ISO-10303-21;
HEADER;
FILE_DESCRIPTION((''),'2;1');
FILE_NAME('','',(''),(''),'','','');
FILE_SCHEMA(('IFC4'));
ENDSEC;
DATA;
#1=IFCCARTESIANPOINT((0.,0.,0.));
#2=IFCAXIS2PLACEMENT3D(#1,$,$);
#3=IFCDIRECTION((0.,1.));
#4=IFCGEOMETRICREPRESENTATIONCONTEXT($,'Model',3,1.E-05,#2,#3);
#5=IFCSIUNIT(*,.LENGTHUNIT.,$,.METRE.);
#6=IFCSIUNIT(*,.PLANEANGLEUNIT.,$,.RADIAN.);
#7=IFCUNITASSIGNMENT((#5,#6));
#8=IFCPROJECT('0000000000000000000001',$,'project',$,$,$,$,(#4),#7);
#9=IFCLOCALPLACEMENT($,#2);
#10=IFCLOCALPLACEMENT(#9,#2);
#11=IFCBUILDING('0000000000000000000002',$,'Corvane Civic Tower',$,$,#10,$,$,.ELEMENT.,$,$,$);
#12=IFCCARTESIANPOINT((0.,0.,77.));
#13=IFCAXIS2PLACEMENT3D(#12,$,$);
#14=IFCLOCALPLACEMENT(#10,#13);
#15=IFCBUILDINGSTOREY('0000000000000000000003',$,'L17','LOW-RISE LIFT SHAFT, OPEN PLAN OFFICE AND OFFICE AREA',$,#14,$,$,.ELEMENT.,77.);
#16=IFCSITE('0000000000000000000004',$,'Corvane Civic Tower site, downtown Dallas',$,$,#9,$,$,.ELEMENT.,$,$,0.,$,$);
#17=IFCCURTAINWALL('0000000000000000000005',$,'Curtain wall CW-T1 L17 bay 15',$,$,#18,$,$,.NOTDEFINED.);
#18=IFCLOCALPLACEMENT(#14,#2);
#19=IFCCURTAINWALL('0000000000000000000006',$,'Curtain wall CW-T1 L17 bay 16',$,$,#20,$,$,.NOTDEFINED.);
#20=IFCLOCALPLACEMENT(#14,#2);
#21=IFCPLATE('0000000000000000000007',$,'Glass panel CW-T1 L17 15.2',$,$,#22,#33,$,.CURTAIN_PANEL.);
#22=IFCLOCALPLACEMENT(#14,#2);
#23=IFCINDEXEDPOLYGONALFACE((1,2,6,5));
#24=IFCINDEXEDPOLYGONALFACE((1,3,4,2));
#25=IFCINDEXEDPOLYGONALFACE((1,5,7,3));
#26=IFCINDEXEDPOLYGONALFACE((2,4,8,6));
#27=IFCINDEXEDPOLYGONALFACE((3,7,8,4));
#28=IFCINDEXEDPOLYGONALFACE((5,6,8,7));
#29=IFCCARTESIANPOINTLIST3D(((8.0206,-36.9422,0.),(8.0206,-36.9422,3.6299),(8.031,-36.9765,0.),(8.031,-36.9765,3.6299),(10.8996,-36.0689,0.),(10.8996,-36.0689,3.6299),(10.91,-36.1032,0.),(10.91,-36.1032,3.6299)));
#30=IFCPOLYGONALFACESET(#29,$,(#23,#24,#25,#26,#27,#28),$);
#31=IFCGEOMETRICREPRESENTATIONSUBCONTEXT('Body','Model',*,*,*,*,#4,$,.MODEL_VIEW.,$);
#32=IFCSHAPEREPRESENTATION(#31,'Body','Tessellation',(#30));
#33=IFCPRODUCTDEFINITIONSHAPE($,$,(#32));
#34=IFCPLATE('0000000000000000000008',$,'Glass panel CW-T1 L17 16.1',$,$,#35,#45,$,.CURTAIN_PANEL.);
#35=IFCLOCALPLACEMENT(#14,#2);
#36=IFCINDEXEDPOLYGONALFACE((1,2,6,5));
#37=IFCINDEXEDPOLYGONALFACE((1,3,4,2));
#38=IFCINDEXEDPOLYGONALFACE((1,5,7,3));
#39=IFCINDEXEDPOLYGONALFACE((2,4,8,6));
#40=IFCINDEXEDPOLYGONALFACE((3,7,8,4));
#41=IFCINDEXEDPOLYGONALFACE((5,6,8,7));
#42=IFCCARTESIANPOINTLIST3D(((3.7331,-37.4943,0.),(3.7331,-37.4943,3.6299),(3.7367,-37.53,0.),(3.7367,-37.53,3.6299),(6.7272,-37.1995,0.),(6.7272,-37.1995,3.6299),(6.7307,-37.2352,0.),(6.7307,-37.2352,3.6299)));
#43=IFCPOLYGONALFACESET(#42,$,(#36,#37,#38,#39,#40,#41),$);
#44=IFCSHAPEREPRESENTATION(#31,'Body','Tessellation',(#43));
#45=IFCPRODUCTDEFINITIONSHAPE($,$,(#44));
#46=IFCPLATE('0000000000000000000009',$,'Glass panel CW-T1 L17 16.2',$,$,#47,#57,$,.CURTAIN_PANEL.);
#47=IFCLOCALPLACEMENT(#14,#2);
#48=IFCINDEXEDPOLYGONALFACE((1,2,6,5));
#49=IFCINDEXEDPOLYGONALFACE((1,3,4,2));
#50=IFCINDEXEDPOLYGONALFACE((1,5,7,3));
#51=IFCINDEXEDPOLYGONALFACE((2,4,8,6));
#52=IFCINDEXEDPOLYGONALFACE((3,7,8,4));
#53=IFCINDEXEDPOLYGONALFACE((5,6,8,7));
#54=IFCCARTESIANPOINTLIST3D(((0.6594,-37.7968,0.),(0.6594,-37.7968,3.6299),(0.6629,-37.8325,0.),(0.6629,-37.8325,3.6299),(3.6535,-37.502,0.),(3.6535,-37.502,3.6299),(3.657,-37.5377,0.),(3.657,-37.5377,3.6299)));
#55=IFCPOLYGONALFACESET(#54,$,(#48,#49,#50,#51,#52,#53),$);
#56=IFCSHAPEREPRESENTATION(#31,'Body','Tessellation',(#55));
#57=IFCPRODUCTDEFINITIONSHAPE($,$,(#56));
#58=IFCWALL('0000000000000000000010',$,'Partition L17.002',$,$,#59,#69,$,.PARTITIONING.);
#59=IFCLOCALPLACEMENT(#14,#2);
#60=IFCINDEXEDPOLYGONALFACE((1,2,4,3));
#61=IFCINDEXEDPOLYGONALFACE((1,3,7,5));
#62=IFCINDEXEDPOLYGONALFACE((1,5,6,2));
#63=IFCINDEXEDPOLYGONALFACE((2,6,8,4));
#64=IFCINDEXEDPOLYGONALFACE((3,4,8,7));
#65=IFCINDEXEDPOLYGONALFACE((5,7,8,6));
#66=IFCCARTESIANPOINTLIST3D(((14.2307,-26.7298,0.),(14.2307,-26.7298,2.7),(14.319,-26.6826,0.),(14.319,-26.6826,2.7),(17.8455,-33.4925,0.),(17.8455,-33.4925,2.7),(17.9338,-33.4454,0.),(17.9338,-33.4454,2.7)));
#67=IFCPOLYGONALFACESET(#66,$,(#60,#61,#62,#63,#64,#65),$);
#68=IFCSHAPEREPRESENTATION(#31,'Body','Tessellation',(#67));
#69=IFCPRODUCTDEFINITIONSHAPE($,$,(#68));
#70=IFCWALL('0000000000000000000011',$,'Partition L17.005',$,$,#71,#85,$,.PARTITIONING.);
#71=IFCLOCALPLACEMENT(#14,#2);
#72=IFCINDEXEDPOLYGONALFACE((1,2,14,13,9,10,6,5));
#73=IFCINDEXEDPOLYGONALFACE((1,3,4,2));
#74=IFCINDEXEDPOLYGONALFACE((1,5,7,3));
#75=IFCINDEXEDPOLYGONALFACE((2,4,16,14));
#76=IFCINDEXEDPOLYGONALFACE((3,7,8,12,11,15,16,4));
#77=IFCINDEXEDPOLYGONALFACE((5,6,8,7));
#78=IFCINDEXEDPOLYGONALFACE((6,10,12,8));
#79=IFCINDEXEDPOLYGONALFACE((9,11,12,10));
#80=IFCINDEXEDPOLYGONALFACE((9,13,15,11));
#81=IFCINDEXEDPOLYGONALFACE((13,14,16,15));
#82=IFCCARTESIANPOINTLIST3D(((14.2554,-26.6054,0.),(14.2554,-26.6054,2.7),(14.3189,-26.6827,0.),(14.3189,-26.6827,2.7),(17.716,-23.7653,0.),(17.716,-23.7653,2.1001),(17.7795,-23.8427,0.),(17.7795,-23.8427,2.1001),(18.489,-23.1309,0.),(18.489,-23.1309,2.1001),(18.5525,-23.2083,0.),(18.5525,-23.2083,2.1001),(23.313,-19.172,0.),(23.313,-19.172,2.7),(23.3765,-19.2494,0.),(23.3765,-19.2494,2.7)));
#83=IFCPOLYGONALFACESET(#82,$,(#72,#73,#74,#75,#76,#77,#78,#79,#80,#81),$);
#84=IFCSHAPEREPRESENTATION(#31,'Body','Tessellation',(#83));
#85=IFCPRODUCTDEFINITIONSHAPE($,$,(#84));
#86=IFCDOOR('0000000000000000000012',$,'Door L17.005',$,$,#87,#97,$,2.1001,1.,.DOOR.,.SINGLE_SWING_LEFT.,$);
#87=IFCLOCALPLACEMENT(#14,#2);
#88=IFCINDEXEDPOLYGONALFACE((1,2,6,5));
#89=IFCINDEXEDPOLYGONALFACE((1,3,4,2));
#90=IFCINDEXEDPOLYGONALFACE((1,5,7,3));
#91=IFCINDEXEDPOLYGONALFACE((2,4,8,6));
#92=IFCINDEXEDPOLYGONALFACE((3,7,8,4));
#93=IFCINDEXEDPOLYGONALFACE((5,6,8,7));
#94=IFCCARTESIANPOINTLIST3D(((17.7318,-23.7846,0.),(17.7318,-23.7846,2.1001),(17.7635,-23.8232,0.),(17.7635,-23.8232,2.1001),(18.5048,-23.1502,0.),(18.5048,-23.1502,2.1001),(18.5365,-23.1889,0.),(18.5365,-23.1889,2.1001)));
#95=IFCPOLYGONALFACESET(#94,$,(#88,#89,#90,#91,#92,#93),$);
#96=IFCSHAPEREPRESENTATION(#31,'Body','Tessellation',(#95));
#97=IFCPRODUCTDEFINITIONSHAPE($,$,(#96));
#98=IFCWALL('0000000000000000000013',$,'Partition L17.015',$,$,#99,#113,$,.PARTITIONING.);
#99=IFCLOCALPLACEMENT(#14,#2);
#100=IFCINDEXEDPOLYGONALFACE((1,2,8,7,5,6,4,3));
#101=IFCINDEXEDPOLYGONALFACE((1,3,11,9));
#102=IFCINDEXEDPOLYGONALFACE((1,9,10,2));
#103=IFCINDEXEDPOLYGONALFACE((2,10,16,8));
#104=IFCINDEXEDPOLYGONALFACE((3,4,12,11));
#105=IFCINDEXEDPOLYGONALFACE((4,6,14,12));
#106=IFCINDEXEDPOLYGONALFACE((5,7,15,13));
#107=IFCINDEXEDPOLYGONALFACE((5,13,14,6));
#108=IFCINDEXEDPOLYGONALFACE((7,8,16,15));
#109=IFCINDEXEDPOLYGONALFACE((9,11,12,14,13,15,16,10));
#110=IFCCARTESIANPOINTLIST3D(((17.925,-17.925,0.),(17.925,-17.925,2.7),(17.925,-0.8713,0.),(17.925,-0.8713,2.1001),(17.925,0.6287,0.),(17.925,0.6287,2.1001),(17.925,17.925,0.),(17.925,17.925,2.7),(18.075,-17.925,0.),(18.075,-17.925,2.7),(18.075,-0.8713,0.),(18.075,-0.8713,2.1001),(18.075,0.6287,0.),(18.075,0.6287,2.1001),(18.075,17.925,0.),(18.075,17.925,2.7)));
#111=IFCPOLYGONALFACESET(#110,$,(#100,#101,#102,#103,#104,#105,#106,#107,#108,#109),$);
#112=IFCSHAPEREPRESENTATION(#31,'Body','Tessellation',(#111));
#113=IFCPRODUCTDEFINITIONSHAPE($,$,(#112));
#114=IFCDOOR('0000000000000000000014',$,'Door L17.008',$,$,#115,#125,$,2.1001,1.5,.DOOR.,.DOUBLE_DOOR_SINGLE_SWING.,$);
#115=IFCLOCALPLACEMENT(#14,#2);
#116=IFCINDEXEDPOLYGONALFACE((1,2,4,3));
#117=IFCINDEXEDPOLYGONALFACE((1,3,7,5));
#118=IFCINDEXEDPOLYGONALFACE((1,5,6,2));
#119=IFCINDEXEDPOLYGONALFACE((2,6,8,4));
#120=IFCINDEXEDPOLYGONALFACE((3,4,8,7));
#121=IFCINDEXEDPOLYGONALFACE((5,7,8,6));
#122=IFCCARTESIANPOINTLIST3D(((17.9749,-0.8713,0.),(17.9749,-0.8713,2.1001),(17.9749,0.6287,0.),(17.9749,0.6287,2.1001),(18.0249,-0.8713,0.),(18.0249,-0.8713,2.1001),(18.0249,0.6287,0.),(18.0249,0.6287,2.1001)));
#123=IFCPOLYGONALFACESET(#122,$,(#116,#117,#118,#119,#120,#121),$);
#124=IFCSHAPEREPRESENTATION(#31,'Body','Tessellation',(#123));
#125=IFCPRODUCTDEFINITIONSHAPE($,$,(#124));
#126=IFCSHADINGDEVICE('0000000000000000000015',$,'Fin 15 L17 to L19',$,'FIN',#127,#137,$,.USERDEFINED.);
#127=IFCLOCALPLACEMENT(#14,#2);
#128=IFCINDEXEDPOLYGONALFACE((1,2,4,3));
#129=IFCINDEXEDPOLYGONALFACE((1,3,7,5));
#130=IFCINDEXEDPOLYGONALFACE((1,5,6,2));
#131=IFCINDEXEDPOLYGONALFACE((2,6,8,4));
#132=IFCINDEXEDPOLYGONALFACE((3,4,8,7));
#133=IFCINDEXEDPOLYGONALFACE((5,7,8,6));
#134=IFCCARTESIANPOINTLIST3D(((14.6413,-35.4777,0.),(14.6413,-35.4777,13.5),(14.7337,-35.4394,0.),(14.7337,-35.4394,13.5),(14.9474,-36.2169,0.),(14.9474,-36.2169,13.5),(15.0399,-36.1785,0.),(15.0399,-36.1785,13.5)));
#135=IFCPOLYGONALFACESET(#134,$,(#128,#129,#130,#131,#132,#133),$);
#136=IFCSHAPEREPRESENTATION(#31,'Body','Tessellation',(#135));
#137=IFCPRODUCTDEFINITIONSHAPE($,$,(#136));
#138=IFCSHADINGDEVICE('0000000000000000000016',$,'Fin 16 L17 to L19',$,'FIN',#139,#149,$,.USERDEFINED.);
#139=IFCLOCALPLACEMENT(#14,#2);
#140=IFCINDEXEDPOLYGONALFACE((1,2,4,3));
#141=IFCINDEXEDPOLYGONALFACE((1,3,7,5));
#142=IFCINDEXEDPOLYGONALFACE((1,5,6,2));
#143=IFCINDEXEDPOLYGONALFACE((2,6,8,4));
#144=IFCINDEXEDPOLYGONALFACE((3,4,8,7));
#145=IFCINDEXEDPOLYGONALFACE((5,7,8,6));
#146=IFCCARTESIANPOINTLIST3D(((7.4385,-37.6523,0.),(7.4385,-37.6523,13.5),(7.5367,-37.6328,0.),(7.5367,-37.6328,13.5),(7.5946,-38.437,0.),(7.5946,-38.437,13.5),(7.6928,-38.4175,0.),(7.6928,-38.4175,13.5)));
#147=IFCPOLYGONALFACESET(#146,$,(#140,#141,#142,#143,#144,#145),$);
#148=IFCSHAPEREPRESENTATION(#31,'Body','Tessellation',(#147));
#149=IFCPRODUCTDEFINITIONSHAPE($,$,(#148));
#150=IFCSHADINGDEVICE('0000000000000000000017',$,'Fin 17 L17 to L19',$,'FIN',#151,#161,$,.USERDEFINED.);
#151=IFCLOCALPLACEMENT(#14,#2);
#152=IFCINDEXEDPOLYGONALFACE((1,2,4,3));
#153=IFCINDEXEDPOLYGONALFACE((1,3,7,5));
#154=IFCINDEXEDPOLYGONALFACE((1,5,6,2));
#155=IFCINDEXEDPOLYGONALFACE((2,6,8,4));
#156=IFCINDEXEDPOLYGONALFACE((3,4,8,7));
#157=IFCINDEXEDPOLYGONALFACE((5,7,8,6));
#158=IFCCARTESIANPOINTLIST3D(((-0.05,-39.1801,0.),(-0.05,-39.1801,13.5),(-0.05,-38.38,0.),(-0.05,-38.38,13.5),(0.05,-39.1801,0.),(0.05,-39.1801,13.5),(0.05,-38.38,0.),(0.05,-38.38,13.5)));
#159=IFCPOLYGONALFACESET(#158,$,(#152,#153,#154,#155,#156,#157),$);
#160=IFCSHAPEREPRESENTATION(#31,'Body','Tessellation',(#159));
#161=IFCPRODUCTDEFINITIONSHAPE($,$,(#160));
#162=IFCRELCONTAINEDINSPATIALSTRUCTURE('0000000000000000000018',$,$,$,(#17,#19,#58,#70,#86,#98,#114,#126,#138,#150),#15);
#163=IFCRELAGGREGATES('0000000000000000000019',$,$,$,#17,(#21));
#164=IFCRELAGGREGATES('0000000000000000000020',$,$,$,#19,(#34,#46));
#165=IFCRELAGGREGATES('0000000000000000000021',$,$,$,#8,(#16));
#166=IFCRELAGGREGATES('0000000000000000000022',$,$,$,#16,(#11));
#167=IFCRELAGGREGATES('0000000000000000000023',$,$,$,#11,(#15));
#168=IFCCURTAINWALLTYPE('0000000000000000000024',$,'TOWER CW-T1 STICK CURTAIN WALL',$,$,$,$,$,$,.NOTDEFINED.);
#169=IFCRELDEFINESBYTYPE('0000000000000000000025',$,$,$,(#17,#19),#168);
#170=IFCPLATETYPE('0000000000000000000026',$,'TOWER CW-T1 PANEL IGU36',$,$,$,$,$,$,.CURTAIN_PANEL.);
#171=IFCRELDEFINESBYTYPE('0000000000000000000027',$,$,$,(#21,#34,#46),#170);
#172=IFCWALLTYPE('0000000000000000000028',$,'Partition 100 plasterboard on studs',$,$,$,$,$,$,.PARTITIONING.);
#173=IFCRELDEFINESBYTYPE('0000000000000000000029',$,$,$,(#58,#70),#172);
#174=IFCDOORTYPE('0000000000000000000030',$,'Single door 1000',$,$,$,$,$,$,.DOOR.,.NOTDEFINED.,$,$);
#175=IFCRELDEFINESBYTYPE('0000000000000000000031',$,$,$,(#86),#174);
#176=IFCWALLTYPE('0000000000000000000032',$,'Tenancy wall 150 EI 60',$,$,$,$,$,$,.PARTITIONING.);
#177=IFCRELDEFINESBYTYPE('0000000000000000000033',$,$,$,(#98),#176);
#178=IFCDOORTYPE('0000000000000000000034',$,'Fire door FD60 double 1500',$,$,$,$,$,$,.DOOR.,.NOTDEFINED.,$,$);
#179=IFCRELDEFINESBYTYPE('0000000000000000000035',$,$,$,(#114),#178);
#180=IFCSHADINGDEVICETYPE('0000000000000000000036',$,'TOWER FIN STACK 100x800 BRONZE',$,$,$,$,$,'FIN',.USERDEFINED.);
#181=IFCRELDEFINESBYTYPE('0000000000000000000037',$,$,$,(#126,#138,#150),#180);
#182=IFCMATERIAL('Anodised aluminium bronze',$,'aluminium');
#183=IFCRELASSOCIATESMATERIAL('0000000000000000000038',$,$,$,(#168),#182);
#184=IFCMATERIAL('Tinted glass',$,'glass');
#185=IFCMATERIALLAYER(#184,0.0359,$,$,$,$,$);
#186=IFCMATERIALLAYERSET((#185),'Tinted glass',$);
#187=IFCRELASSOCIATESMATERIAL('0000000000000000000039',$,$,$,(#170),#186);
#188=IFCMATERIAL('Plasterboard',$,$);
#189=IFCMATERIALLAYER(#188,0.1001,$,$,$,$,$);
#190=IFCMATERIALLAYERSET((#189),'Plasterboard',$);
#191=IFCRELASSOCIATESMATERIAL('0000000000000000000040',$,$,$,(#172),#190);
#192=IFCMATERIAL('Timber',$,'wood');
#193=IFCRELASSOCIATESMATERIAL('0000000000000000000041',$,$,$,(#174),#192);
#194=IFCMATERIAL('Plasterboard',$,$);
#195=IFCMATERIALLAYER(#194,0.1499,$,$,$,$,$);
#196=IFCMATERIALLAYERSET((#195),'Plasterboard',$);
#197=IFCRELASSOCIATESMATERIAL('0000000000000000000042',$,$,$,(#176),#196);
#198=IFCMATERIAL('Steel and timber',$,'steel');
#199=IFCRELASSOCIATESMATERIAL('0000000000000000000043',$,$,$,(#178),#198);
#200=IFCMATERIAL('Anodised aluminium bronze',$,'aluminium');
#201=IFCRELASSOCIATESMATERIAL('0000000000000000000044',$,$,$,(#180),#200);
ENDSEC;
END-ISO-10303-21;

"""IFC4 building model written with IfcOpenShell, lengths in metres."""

from ifc_helpers import new_model, si_unit, direction, frame, frame_2d, origin, origin_2d, place, context, subcontext, project, spatial, rectangle, extrude, material, layer, layer_set, material_profile, profile_set, type_object, element, fill, aggregate, save


model = new_model("IFC4")

# Units and contexts
model_context = context("Model", 3, precision=1e-05, world=origin(), true_north=direction((0.0, 1.0)))
body_context = subcontext(model_context, "Body", "Model", "MODEL_VIEW")
ifc_project = project(units=[si_unit("LENGTHUNIT", "METRE"), si_unit("PLANEANGLEUNIT", "RADIAN")], contexts=[model_context])

# Site, building, storey
site_placement = place(None, origin())
site = spatial("IfcSite", under=ifc_project, at=site_placement, Name="Corvane Civic Tower site, downtown Dallas", CompositionType="ELEMENT", RefElevation=0.0)
building_placement = place(site_placement, origin())
building = spatial("IfcBuilding", under=site, at=building_placement, Name="Corvane Civic Tower", CompositionType="ELEMENT")
storey_placement = place(building_placement, frame((0.0, 0.0, 77.0)))
storey = spatial("IfcBuildingStorey", under=building, at=storey_placement, Name="L17", Description="LOW-RISE LIFT SHAFT, OPEN PLAN OFFICE AND OFFICE AREA", CompositionType="ELEMENT", Elevation=77.0)

# Shared definitions
ifc_material_1 = material(Name="Anodised aluminium bronze", Category="aluminium")
curtain_wall_type = type_object("IfcCurtainWallType", Name="TOWER CW-T1 STICK CURTAIN WALL", PredefinedType="NOTDEFINED", material=ifc_material_1)

# Curtain walls
curtain_wall_1_placement = place(storey_placement, origin())
curtain_wall_1 = element("IfcCurtainWall", 1, at=curtain_wall_1_placement, inside=storey, type_object=curtain_wall_type, Name="Curtain wall CW-T1 L17 bay 15", PredefinedType="NOTDEFINED")
curtain_wall_2_placement = place(storey_placement, origin())
curtain_wall_2 = element("IfcCurtainWall", 2, at=curtain_wall_2_placement, inside=storey, type_object=curtain_wall_type, Name="Curtain wall CW-T1 L17 bay 16", PredefinedType="NOTDEFINED")

# Plates
ifc_material_2 = material(Name="Tinted glass", Category="glass")
ifc_layer_1 = layer(ifc_material_2, 0.0359)
ifc_layer_set_1 = layer_set([ifc_layer_1], Name="Tinted glass")
plate_type = type_object("IfcPlateType", Name="TOWER CW-T1 PANEL IGU36", PredefinedType="CURTAIN_PANEL", material=ifc_layer_set_1)
plate_1_placement = place(storey_placement, frame((9.4653, -36.5227, 0.0), z_axis=(0.0, 0.0, 1.0), x_axis=(-0.956942, -0.290278, 0.0)))
plate_1 = element("IfcPlate", 3, at=plate_1_placement, type_object=plate_type, Name="Glass panel CW-T1 L17 15.2", PredefinedType="CURTAIN_PANEL", context=body_context, shape_type="SweptSolid", body=[
    extrude(rectangle(XDim=3.0085, YDim=0.0359, at=origin_2d()), origin(), (0.0, 0.0, 1.0), 3.6299),
])
aggregate(curtain_wall_1, [plate_1])
plate_2_placement = place(storey_placement, frame((5.2319, -37.3647, 0.0), z_axis=(0.0, 0.0, 1.0), x_axis=(-0.995186, -0.098006, 0.0)))
plate_2 = element("IfcPlate", 4, at=plate_2_placement, type_object=plate_type, Name="Glass panel CW-T1 L17 16.1", PredefinedType="CURTAIN_PANEL", context=body_context, shape_type="SweptSolid", body=[
    extrude(rectangle(XDim=3.0085, YDim=0.0359, at=origin_2d()), origin(), (0.0, 0.0, 1.0), 3.6299),
])
plate_3_placement = place(storey_placement, frame((2.1582, -37.6672, 0.0), z_axis=(0.0, 0.0, 1.0), x_axis=(-0.995186, -0.098006, 0.0)))
plate_3 = element("IfcPlate", 5, at=plate_3_placement, type_object=plate_type, Name="Glass panel CW-T1 L17 16.2", PredefinedType="CURTAIN_PANEL", context=body_context, shape_type="SweptSolid", body=[
    extrude(rectangle(XDim=3.0085, YDim=0.0359, at=origin_2d()), origin(), (0.0, 0.0, 1.0), 3.6299),
])
aggregate(curtain_wall_2, [plate_2, plate_3])

# Wall
ifc_material_3 = material(Name="Plasterboard")
ifc_layer_2 = layer(ifc_material_3, 0.1001)
ifc_layer_set_2 = layer_set([ifc_layer_2], Name="Plasterboard")
wall_type_1 = type_object("IfcWallType", Name="Partition 100 plasterboard on studs", PredefinedType="PARTITIONING", material=ifc_layer_set_2)
wall_1_placement = place(storey_placement, frame((14.2749, -26.7063, 0.0), z_axis=(0.0, 0.0, 1.0), x_axis=(0.471398, -0.881921, 0.0)))
element("IfcWall", 6, at=wall_1_placement, inside=storey, type_object=wall_type_1, Name="Partition L17.002", PredefinedType="PARTITIONING", context=body_context, shape_type="SweptSolid", body=[
    extrude(rectangle(XDim=7.6682, YDim=0.1001, at=frame_2d((3.834, 0.0))), origin(), (0.0, 0.0, 1.0), 2.7),
])

# Walls, openings, doors
wall_2_placement = place(storey_placement, frame((14.2871, -26.644, 0.0), z_axis=(0.0, 0.0, 1.0), x_axis=(0.773012, 0.634391, 0.0)))
wall_2 = element("IfcWall", 7, at=wall_2_placement, inside=storey, type_object=wall_type_1, Name="Partition L17.005", PredefinedType="PARTITIONING", context=body_context, shape_type="SweptSolid", body=[
    extrude(rectangle(XDim=11.7173, YDim=0.1001, at=frame_2d((5.8586, 0.0))), origin(), (0.0, 0.0, 1.0), 2.7),
])
opening_1_placement = place(wall_2_placement, frame((4.4768, 0.0, 0.0)))
opening_1 = element("IfcOpeningElement", 8, at=opening_1_placement, cuts=wall_2, PredefinedType="OPENING", context=body_context, shape_type="SweptSolid", body=[
    extrude(rectangle(XDim=1.0, YDim=2.1001, at=frame_2d((0.5, 1.05))), frame((0.0, 0.0601, 0.0), z_axis=(0.0, -1.0, 0.0), x_axis=(1.0, 0.0, 0.0)), (0.0, 0.0, 1.0), 0.1201),
])
ifc_material_4 = material(Name="Timber", Category="wood")
door_type_1 = type_object("IfcDoorType", Name="Single door 1000", OperationType="NOTDEFINED", PredefinedType="DOOR", material=ifc_material_4)
door_1_placement = place(opening_1_placement, frame((1.0, 0.0, 0.0), z_axis=(0.0, 0.0, 1.0), x_axis=(-1.0, 0.0, 0.0)))
door_1 = element("IfcDoor", 9, at=door_1_placement, inside=storey, type_object=door_type_1, Name="Door L17.005", OperationType="SINGLE_SWING_LEFT", OverallHeight=2.1001, OverallWidth=1.0, PredefinedType="DOOR", context=body_context, shape_type="SweptSolid", body=[
    extrude(rectangle(XDim=1.0, YDim=2.1001, at=frame_2d((0.5, 1.05))), frame((0.0, 0.0249, 0.0), z_axis=(0.0, -1.0, 0.0), x_axis=(1.0, 0.0, 0.0)), (0.0, 0.0, 1.0), 0.05),
])
fill(opening_1, door_1)
ifc_material_5 = material(Name="Plasterboard")
ifc_layer_3 = layer(ifc_material_5, 0.1499)
ifc_layer_set_3 = layer_set([ifc_layer_3], Name="Plasterboard")
wall_type_2 = type_object("IfcWallType", Name="Tenancy wall 150 EI 60", PredefinedType="PARTITIONING", material=ifc_layer_set_3)
wall_3_placement = place(storey_placement, frame((18.0, -17.925, 0.0), z_axis=(0.0, 0.0, 1.0), x_axis=(0.0, 1.0, 0.0)))
wall_3 = element("IfcWall", 10, at=wall_3_placement, inside=storey, type_object=wall_type_2, Name="Partition L17.015", PredefinedType="PARTITIONING", context=body_context, shape_type="SweptSolid", body=[
    extrude(rectangle(XDim=35.8501, YDim=0.1499, at=frame_2d((17.925, 0.0))), origin(), (0.0, 0.0, 1.0), 2.7),
])
opening_2_placement = place(wall_3_placement, frame((17.0537, 0.0, 0.0)))
opening_2 = element("IfcOpeningElement", 11, at=opening_2_placement, cuts=wall_3, PredefinedType="OPENING", context=body_context, shape_type="SweptSolid", body=[
    extrude(rectangle(XDim=1.5, YDim=2.1001, at=frame_2d((0.75, 1.05))), frame((0.0, 0.085, 0.0), z_axis=(0.0, -1.0, 0.0), x_axis=(1.0, 0.0, 0.0)), (0.0, 0.0, 1.0), 0.1699),
])
ifc_material_6 = material(Name="Steel and timber", Category="steel")
door_type_2 = type_object("IfcDoorType", Name="Fire door FD60 double 1500", OperationType="NOTDEFINED", PredefinedType="DOOR", material=ifc_material_6)
door_2_placement = place(opening_2_placement, frame((1.5, 0.0, 0.0), z_axis=(0.0, 0.0, 1.0), x_axis=(-1.0, 0.0, 0.0)))
door_2 = element("IfcDoor", 12, at=door_2_placement, inside=storey, type_object=door_type_2, Name="Door L17.008", OperationType="DOUBLE_DOOR_SINGLE_SWING", OverallHeight=2.1001, OverallWidth=1.5, PredefinedType="DOOR", context=body_context, shape_type="SweptSolid", body=[
    extrude(rectangle(XDim=1.5, YDim=2.1001, at=frame_2d((0.75, 1.05))), frame((0.0, 0.0249, 0.0), z_axis=(0.0, -1.0, 0.0), x_axis=(1.0, 0.0, 0.0)), (0.0, 0.0, 1.0), 0.05),
])
fill(opening_2, door_2)

# Shading devices
ifc_material_7 = material(Name="Anodised aluminium bronze", Category="aluminium")
ifc_material_profile_1 = material_profile(ifc_material_7, rectangle(XDim=0.1001, YDim=0.8, at=origin_2d()), Name="TOWER FIN STACK 100x800 BRONZE")
ifc_profile_set_1 = profile_set([ifc_material_profile_1], Name="Anodised aluminium bronze")
shading_device_type = type_object("IfcShadingDeviceType", Name="TOWER FIN STACK 100x800 BRONZE", ElementType="FIN", PredefinedType="USERDEFINED", material=ifc_profile_set_1)
for number, where, z_axis, x_axis, name in (
    (13, (14.8406, -35.8281, 0.0), (0.0, 0.0, 1.0), (-0.92388, -0.382683, 0.0), "Fin 15 L17 to L19"),
    (14, (7.5657, -38.0349, 0.0), (0.0, 0.0, 1.0), (-0.980785, -0.19509, 0.0), "Fin 16 L17 to L19"),
    (15, (0.0, -38.78, 0.0), (0.0, 0.0, 1.0), (-1.0, 0.0, 0.0), "Fin 17 L17 to L19"),
):
    element("IfcShadingDevice", number, at=place(storey_placement, frame(where, z_axis=z_axis, x_axis=x_axis)), inside=storey, type_object=shading_device_type, Name=name, ObjectType="FIN", PredefinedType="USERDEFINED", context=body_context, shape_type="SweptSolid", body=[
        extrude(rectangle(XDim=0.1001, YDim=0.8, at=origin_2d()), origin(), (0.0, 0.0, 1.0), 13.5),
    ])

save(model, "model.ifc")
